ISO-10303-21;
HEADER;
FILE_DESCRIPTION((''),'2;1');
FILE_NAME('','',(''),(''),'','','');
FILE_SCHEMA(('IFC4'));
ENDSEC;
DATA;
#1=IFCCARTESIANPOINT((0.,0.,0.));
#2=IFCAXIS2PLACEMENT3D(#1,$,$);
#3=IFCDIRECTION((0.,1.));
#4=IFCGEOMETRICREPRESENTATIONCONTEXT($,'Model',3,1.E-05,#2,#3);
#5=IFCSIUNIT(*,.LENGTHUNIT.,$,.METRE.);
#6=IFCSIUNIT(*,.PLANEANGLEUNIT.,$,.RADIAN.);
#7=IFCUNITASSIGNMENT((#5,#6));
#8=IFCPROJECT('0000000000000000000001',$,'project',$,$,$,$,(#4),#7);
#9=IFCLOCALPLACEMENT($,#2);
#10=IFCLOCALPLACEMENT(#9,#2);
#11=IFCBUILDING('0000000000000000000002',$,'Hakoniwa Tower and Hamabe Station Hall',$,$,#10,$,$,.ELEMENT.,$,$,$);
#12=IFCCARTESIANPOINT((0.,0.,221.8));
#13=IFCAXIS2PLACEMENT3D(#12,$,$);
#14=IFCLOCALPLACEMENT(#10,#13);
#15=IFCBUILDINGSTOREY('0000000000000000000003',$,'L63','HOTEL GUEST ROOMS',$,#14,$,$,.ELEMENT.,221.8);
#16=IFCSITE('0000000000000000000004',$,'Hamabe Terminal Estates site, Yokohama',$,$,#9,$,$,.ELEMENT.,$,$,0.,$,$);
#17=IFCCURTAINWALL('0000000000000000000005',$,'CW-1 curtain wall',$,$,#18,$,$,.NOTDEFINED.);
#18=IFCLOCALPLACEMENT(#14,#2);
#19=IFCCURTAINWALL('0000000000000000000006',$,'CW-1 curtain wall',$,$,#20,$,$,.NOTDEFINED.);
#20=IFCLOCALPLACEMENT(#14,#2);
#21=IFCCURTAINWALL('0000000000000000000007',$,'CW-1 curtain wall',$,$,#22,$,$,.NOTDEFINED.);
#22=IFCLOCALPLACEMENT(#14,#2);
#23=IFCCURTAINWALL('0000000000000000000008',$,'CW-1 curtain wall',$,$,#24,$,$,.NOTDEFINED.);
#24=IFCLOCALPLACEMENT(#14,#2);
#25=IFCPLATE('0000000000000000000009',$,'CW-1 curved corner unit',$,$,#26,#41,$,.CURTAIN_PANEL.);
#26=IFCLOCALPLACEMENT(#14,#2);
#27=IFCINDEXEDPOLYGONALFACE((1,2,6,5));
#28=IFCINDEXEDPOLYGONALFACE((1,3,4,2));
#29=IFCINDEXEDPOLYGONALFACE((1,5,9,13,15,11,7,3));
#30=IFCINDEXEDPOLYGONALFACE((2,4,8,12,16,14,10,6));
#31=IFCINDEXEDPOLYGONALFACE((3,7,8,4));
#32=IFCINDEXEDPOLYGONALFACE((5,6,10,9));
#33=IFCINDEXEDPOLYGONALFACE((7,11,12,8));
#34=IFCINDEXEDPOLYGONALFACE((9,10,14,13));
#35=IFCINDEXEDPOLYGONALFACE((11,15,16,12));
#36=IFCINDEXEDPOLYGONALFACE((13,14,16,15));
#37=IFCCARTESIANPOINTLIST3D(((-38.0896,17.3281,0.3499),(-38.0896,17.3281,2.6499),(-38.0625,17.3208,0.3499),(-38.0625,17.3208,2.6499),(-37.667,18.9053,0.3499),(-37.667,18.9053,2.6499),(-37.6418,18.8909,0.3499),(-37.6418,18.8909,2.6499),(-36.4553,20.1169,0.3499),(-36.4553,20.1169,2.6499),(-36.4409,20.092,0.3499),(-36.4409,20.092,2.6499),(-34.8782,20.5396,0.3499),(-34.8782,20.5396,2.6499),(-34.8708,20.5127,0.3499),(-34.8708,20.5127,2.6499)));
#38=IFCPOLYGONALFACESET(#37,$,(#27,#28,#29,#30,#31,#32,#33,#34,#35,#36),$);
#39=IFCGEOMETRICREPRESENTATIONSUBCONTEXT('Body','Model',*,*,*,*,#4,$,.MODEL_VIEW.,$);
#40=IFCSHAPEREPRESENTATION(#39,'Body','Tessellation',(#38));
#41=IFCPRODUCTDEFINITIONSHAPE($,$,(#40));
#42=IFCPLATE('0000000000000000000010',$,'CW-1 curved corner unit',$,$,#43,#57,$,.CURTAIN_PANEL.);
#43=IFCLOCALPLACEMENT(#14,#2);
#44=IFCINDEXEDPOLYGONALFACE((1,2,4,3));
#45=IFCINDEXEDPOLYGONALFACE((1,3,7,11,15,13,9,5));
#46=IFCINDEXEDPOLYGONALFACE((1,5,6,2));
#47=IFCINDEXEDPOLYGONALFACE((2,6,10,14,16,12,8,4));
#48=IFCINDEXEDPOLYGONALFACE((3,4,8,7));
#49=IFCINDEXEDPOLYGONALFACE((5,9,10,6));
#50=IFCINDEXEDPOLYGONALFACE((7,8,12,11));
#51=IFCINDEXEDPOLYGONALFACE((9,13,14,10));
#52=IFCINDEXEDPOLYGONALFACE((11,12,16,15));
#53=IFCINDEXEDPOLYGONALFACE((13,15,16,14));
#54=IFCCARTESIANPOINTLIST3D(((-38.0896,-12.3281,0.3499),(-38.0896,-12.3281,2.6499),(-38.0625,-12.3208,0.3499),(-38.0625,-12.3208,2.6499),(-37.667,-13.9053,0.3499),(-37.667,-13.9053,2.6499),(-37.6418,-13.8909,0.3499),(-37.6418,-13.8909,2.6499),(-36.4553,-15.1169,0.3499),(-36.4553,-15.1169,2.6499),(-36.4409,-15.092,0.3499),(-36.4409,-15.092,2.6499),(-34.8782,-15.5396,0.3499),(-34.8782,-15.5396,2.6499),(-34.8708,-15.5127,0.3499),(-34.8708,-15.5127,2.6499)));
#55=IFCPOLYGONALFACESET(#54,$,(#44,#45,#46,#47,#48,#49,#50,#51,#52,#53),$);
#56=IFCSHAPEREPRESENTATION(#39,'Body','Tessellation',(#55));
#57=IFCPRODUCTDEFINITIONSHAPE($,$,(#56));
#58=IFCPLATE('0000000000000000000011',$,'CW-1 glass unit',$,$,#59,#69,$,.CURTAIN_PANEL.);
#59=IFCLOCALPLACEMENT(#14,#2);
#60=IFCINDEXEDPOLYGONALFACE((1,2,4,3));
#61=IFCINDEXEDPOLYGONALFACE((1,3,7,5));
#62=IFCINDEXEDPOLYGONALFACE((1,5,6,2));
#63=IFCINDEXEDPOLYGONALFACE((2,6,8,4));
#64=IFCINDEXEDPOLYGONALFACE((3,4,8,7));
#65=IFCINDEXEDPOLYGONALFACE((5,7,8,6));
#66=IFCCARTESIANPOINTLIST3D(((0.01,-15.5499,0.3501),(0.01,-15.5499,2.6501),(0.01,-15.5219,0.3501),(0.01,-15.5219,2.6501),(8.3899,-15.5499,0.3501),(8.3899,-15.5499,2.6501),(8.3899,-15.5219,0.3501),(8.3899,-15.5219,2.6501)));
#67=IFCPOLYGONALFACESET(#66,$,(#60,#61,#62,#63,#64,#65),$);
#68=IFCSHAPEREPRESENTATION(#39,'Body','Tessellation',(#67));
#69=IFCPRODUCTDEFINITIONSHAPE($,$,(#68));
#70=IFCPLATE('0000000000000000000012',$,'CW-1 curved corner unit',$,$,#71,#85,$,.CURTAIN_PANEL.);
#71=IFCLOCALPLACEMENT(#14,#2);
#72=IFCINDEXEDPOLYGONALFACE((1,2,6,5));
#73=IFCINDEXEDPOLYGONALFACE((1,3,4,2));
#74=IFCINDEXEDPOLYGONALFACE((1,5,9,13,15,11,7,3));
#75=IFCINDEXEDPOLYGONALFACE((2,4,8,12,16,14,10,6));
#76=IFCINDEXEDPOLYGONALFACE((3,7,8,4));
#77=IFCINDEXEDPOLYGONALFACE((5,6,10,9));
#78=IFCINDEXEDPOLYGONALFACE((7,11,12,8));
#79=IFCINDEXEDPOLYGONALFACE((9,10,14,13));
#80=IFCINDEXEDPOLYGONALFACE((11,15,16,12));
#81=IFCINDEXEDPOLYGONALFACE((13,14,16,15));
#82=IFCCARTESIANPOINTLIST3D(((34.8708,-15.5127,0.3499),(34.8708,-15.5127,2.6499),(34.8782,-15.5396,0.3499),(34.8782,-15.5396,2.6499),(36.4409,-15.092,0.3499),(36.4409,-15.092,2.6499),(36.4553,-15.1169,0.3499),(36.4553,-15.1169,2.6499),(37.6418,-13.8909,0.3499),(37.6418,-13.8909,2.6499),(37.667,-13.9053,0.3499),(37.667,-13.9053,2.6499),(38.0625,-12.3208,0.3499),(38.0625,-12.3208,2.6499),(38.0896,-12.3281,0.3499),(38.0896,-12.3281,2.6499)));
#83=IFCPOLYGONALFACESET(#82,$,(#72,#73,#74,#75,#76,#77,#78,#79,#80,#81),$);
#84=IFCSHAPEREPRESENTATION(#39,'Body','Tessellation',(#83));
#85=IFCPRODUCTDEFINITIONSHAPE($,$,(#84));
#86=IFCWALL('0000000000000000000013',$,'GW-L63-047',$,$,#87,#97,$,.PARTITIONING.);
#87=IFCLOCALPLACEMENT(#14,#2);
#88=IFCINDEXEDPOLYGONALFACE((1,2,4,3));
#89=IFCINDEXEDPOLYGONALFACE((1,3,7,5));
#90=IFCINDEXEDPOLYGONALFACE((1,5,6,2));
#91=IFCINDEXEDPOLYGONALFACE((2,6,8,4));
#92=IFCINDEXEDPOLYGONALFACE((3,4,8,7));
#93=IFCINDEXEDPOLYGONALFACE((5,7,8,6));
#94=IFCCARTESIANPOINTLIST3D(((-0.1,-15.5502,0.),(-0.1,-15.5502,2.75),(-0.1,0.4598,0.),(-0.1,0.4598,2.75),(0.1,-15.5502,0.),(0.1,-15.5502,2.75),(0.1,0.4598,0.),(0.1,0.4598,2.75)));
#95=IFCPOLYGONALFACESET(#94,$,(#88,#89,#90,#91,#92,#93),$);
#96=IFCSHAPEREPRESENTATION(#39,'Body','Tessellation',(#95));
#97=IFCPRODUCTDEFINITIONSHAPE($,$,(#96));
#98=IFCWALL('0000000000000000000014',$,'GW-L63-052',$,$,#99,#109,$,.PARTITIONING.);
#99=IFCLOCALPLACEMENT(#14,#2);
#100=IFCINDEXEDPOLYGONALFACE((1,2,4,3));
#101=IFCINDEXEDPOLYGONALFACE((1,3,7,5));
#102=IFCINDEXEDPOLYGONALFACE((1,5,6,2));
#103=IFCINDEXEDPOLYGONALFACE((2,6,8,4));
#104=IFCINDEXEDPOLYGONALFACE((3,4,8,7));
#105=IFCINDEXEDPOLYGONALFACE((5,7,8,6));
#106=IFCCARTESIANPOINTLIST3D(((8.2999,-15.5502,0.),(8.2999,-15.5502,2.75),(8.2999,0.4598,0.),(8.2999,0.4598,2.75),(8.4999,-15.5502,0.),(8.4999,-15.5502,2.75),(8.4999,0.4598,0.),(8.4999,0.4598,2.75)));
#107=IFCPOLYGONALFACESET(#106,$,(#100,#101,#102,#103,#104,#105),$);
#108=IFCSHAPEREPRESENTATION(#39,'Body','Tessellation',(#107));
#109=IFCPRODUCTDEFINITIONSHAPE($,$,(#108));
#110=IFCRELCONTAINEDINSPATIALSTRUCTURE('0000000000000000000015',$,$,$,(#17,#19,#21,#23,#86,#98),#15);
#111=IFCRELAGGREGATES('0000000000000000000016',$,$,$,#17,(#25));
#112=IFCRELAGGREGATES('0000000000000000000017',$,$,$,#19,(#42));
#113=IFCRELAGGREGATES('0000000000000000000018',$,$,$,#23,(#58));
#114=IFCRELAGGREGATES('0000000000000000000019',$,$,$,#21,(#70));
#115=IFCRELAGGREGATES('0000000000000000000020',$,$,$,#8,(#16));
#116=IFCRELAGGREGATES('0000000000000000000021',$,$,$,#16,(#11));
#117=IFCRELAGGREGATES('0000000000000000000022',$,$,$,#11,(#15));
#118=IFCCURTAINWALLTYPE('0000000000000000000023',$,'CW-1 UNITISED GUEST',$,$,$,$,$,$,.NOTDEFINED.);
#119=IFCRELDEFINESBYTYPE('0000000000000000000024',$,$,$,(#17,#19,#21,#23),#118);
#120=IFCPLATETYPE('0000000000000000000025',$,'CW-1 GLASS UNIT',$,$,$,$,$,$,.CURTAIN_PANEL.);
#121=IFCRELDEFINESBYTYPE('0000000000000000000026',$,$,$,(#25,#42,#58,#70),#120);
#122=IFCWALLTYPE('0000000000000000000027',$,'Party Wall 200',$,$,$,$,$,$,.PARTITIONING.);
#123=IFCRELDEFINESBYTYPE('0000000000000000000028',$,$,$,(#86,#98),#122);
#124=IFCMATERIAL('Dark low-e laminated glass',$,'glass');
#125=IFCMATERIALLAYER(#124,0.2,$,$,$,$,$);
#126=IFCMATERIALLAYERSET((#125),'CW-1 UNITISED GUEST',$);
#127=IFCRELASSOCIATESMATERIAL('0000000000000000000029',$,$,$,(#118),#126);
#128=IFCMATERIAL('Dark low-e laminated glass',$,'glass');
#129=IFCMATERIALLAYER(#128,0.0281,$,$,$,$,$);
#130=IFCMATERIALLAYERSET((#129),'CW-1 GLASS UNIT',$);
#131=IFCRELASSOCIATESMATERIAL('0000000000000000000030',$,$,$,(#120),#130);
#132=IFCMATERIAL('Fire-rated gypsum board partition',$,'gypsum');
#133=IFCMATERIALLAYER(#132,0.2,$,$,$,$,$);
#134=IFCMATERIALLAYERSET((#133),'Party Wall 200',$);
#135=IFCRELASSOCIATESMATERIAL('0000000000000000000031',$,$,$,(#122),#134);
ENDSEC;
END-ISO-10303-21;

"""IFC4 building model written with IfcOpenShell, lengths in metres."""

from ifc_helpers import new_model, si_unit, direction, frame, frame_2d, origin, origin_2d, place, context, subcontext, project, spatial, polyline, rectangle, outline, extrude, material, layer, layer_set, type_object, element, aggregate, save


model = new_model("IFC4")

# Units and contexts
model_context = context("Model", 3, precision=1e-05, world=origin(), true_north=direction((0.0, 1.0)))
body_context = subcontext(model_context, "Body", "Model", "MODEL_VIEW")
ifc_project = project(units=[si_unit("LENGTHUNIT", "METRE"), si_unit("PLANEANGLEUNIT", "RADIAN")], contexts=[model_context])

# Site, building, storey
site_placement = place(None, origin())
site = spatial("IfcSite", under=ifc_project, at=site_placement, Name="Hamabe Terminal Estates site, Yokohama", CompositionType="ELEMENT", RefElevation=0.0)
building_placement = place(site_placement, origin())
building = spatial("IfcBuilding", under=site, at=building_placement, Name="Hakoniwa Tower and Hamabe Station Hall", CompositionType="ELEMENT")
storey_placement = place(building_placement, frame((0.0, 0.0, 221.8)))
storey = spatial("IfcBuildingStorey", under=building, at=storey_placement, Name="L63", Description="HOTEL GUEST ROOMS", CompositionType="ELEMENT", Elevation=221.8)

# Curtain walls
ifc_material_1 = material(Name="Dark low-e laminated glass", Category="glass")
ifc_layer_1 = layer(ifc_material_1, 0.2)
ifc_layer_set_1 = layer_set([ifc_layer_1], Name="CW-1 UNITISED GUEST")
curtain_wall_type = type_object("IfcCurtainWallType", Name="CW-1 UNITISED GUEST", PredefinedType="NOTDEFINED", material=ifc_layer_set_1)
curtain_wall_1_placement = place(storey_placement, origin())
curtain_wall_1 = element("IfcCurtainWall", 1, at=curtain_wall_1_placement, inside=storey, type_object=curtain_wall_type, Name="CW-1 curtain wall", PredefinedType="NOTDEFINED")
curtain_wall_2_placement = place(storey_placement, origin())
curtain_wall_2 = element("IfcCurtainWall", 2, at=curtain_wall_2_placement, inside=storey, type_object=curtain_wall_type, Name="CW-1 curtain wall", PredefinedType="NOTDEFINED")
curtain_wall_3_placement = place(storey_placement, origin())
curtain_wall_3 = element("IfcCurtainWall", 3, at=curtain_wall_3_placement, inside=storey, type_object=curtain_wall_type, Name="CW-1 curtain wall", PredefinedType="NOTDEFINED")
curtain_wall_4_placement = place(storey_placement, origin())
curtain_wall_4 = element("IfcCurtainWall", 4, at=curtain_wall_4_placement, inside=storey, type_object=curtain_wall_type, Name="CW-1 curtain wall", PredefinedType="NOTDEFINED")

# Plates
ifc_material_2 = material(Name="Dark low-e laminated glass", Category="glass")
ifc_layer_2 = layer(ifc_material_2, 0.0281)
ifc_layer_set_2 = layer_set([ifc_layer_2], Name="CW-1 GLASS UNIT")
plate_type = type_object("IfcPlateType", Name="CW-1 GLASS UNIT", PredefinedType="CURTAIN_PANEL", material=ifc_layer_set_2)
plate_1_placement = place(storey_placement, frame((0.0, 0.0, 0.3499)))
plate_1 = element("IfcPlate", 5, at=plate_1_placement, type_object=plate_type, Name="CW-1 curved corner unit", PredefinedType="CURTAIN_PANEL", context=body_context, shape_type="SweptSolid", body=[
    extrude(outline(polyline([(-34.8782, 20.5396), (-36.4553, 20.1169), (-37.667, 18.9053), (-38.0896, 17.3281), (-38.0625, 17.3208), (-37.6418, 18.8909), (-36.4409, 20.092), (-34.8708, 20.5127), (-34.8782, 20.5396)])), origin(), (0.0, 0.0, 1.0), 2.3),
])
aggregate(curtain_wall_1, [plate_1])
plate_2_placement = place(storey_placement, frame((0.0, 0.0, 0.3499)))
plate_2 = element("IfcPlate", 6, at=plate_2_placement, type_object=plate_type, Name="CW-1 curved corner unit", PredefinedType="CURTAIN_PANEL", context=body_context, shape_type="SweptSolid", body=[
    extrude(outline(polyline([(-38.0896, -12.3281), (-37.667, -13.9053), (-36.4553, -15.1169), (-34.8782, -15.5396), (-34.8708, -15.5127), (-36.4409, -15.092), (-37.6418, -13.8909), (-38.0625, -12.3208), (-38.0896, -12.3281)])), origin(), (0.0, 0.0, 1.0), 2.3),
])
aggregate(curtain_wall_2, [plate_2])
plate_3_placement = place(storey_placement, frame((4.2, -15.5359, 0.3501), z_axis=(0.0, 0.0, 1.0), x_axis=(1.0, 0.0, 0.0)))
plate_3 = element("IfcPlate", 7, at=plate_3_placement, type_object=plate_type, Name="CW-1 glass unit", PredefinedType="CURTAIN_PANEL", context=body_context, shape_type="SweptSolid", body=[
    extrude(rectangle(XDim=8.3799, YDim=0.0281, at=origin_2d()), origin(), (0.0, 0.0, 1.0), 2.3),
])
aggregate(curtain_wall_4, [plate_3])
plate_4_placement = place(storey_placement, frame((0.0, 0.0, 0.3499)))
plate_4 = element("IfcPlate", 8, at=plate_4_placement, type_object=plate_type, Name="CW-1 curved corner unit", PredefinedType="CURTAIN_PANEL", context=body_context, shape_type="SweptSolid", body=[
    extrude(outline(polyline([(34.8782, -15.5396), (36.4553, -15.1169), (37.667, -13.9053), (38.0896, -12.3281), (38.0625, -12.3208), (37.6418, -13.8909), (36.4409, -15.092), (34.8708, -15.5127), (34.8782, -15.5396)])), origin(), (0.0, 0.0, 1.0), 2.3),
])
aggregate(curtain_wall_3, [plate_4])

# Walls
ifc_material_3 = material(Name="Fire-rated gypsum board partition", Category="gypsum")
ifc_layer_3 = layer(ifc_material_3, 0.2)
ifc_layer_set_3 = layer_set([ifc_layer_3], Name="Party Wall 200")
wall_type = type_object("IfcWallType", Name="Party Wall 200", PredefinedType="PARTITIONING", material=ifc_layer_set_3)
for number, where, z_axis, x_axis, name in (
    (9, (0.0, -15.55, 0.0), (0.0, 0.0, 1.0), (0.0, 1.0, 0.0), "GW-L63-047"),
    (10, (8.3999, -15.55, 0.0), (0.0, 0.0, 1.0), (0.0, 1.0, 0.0), "GW-L63-052"),
):
    element("IfcWall", number, at=place(storey_placement, frame(where, z_axis=z_axis, x_axis=x_axis)), inside=storey, type_object=wall_type, Name=name, PredefinedType="PARTITIONING", context=body_context, shape_type="SweptSolid", body=[
        extrude(rectangle(XDim=16.01, YDim=0.2, at=frame_2d((8.0049, 0.0))), origin(), (0.0, 0.0, 1.0), 2.75),
    ])

save(model, "model.ifc")
